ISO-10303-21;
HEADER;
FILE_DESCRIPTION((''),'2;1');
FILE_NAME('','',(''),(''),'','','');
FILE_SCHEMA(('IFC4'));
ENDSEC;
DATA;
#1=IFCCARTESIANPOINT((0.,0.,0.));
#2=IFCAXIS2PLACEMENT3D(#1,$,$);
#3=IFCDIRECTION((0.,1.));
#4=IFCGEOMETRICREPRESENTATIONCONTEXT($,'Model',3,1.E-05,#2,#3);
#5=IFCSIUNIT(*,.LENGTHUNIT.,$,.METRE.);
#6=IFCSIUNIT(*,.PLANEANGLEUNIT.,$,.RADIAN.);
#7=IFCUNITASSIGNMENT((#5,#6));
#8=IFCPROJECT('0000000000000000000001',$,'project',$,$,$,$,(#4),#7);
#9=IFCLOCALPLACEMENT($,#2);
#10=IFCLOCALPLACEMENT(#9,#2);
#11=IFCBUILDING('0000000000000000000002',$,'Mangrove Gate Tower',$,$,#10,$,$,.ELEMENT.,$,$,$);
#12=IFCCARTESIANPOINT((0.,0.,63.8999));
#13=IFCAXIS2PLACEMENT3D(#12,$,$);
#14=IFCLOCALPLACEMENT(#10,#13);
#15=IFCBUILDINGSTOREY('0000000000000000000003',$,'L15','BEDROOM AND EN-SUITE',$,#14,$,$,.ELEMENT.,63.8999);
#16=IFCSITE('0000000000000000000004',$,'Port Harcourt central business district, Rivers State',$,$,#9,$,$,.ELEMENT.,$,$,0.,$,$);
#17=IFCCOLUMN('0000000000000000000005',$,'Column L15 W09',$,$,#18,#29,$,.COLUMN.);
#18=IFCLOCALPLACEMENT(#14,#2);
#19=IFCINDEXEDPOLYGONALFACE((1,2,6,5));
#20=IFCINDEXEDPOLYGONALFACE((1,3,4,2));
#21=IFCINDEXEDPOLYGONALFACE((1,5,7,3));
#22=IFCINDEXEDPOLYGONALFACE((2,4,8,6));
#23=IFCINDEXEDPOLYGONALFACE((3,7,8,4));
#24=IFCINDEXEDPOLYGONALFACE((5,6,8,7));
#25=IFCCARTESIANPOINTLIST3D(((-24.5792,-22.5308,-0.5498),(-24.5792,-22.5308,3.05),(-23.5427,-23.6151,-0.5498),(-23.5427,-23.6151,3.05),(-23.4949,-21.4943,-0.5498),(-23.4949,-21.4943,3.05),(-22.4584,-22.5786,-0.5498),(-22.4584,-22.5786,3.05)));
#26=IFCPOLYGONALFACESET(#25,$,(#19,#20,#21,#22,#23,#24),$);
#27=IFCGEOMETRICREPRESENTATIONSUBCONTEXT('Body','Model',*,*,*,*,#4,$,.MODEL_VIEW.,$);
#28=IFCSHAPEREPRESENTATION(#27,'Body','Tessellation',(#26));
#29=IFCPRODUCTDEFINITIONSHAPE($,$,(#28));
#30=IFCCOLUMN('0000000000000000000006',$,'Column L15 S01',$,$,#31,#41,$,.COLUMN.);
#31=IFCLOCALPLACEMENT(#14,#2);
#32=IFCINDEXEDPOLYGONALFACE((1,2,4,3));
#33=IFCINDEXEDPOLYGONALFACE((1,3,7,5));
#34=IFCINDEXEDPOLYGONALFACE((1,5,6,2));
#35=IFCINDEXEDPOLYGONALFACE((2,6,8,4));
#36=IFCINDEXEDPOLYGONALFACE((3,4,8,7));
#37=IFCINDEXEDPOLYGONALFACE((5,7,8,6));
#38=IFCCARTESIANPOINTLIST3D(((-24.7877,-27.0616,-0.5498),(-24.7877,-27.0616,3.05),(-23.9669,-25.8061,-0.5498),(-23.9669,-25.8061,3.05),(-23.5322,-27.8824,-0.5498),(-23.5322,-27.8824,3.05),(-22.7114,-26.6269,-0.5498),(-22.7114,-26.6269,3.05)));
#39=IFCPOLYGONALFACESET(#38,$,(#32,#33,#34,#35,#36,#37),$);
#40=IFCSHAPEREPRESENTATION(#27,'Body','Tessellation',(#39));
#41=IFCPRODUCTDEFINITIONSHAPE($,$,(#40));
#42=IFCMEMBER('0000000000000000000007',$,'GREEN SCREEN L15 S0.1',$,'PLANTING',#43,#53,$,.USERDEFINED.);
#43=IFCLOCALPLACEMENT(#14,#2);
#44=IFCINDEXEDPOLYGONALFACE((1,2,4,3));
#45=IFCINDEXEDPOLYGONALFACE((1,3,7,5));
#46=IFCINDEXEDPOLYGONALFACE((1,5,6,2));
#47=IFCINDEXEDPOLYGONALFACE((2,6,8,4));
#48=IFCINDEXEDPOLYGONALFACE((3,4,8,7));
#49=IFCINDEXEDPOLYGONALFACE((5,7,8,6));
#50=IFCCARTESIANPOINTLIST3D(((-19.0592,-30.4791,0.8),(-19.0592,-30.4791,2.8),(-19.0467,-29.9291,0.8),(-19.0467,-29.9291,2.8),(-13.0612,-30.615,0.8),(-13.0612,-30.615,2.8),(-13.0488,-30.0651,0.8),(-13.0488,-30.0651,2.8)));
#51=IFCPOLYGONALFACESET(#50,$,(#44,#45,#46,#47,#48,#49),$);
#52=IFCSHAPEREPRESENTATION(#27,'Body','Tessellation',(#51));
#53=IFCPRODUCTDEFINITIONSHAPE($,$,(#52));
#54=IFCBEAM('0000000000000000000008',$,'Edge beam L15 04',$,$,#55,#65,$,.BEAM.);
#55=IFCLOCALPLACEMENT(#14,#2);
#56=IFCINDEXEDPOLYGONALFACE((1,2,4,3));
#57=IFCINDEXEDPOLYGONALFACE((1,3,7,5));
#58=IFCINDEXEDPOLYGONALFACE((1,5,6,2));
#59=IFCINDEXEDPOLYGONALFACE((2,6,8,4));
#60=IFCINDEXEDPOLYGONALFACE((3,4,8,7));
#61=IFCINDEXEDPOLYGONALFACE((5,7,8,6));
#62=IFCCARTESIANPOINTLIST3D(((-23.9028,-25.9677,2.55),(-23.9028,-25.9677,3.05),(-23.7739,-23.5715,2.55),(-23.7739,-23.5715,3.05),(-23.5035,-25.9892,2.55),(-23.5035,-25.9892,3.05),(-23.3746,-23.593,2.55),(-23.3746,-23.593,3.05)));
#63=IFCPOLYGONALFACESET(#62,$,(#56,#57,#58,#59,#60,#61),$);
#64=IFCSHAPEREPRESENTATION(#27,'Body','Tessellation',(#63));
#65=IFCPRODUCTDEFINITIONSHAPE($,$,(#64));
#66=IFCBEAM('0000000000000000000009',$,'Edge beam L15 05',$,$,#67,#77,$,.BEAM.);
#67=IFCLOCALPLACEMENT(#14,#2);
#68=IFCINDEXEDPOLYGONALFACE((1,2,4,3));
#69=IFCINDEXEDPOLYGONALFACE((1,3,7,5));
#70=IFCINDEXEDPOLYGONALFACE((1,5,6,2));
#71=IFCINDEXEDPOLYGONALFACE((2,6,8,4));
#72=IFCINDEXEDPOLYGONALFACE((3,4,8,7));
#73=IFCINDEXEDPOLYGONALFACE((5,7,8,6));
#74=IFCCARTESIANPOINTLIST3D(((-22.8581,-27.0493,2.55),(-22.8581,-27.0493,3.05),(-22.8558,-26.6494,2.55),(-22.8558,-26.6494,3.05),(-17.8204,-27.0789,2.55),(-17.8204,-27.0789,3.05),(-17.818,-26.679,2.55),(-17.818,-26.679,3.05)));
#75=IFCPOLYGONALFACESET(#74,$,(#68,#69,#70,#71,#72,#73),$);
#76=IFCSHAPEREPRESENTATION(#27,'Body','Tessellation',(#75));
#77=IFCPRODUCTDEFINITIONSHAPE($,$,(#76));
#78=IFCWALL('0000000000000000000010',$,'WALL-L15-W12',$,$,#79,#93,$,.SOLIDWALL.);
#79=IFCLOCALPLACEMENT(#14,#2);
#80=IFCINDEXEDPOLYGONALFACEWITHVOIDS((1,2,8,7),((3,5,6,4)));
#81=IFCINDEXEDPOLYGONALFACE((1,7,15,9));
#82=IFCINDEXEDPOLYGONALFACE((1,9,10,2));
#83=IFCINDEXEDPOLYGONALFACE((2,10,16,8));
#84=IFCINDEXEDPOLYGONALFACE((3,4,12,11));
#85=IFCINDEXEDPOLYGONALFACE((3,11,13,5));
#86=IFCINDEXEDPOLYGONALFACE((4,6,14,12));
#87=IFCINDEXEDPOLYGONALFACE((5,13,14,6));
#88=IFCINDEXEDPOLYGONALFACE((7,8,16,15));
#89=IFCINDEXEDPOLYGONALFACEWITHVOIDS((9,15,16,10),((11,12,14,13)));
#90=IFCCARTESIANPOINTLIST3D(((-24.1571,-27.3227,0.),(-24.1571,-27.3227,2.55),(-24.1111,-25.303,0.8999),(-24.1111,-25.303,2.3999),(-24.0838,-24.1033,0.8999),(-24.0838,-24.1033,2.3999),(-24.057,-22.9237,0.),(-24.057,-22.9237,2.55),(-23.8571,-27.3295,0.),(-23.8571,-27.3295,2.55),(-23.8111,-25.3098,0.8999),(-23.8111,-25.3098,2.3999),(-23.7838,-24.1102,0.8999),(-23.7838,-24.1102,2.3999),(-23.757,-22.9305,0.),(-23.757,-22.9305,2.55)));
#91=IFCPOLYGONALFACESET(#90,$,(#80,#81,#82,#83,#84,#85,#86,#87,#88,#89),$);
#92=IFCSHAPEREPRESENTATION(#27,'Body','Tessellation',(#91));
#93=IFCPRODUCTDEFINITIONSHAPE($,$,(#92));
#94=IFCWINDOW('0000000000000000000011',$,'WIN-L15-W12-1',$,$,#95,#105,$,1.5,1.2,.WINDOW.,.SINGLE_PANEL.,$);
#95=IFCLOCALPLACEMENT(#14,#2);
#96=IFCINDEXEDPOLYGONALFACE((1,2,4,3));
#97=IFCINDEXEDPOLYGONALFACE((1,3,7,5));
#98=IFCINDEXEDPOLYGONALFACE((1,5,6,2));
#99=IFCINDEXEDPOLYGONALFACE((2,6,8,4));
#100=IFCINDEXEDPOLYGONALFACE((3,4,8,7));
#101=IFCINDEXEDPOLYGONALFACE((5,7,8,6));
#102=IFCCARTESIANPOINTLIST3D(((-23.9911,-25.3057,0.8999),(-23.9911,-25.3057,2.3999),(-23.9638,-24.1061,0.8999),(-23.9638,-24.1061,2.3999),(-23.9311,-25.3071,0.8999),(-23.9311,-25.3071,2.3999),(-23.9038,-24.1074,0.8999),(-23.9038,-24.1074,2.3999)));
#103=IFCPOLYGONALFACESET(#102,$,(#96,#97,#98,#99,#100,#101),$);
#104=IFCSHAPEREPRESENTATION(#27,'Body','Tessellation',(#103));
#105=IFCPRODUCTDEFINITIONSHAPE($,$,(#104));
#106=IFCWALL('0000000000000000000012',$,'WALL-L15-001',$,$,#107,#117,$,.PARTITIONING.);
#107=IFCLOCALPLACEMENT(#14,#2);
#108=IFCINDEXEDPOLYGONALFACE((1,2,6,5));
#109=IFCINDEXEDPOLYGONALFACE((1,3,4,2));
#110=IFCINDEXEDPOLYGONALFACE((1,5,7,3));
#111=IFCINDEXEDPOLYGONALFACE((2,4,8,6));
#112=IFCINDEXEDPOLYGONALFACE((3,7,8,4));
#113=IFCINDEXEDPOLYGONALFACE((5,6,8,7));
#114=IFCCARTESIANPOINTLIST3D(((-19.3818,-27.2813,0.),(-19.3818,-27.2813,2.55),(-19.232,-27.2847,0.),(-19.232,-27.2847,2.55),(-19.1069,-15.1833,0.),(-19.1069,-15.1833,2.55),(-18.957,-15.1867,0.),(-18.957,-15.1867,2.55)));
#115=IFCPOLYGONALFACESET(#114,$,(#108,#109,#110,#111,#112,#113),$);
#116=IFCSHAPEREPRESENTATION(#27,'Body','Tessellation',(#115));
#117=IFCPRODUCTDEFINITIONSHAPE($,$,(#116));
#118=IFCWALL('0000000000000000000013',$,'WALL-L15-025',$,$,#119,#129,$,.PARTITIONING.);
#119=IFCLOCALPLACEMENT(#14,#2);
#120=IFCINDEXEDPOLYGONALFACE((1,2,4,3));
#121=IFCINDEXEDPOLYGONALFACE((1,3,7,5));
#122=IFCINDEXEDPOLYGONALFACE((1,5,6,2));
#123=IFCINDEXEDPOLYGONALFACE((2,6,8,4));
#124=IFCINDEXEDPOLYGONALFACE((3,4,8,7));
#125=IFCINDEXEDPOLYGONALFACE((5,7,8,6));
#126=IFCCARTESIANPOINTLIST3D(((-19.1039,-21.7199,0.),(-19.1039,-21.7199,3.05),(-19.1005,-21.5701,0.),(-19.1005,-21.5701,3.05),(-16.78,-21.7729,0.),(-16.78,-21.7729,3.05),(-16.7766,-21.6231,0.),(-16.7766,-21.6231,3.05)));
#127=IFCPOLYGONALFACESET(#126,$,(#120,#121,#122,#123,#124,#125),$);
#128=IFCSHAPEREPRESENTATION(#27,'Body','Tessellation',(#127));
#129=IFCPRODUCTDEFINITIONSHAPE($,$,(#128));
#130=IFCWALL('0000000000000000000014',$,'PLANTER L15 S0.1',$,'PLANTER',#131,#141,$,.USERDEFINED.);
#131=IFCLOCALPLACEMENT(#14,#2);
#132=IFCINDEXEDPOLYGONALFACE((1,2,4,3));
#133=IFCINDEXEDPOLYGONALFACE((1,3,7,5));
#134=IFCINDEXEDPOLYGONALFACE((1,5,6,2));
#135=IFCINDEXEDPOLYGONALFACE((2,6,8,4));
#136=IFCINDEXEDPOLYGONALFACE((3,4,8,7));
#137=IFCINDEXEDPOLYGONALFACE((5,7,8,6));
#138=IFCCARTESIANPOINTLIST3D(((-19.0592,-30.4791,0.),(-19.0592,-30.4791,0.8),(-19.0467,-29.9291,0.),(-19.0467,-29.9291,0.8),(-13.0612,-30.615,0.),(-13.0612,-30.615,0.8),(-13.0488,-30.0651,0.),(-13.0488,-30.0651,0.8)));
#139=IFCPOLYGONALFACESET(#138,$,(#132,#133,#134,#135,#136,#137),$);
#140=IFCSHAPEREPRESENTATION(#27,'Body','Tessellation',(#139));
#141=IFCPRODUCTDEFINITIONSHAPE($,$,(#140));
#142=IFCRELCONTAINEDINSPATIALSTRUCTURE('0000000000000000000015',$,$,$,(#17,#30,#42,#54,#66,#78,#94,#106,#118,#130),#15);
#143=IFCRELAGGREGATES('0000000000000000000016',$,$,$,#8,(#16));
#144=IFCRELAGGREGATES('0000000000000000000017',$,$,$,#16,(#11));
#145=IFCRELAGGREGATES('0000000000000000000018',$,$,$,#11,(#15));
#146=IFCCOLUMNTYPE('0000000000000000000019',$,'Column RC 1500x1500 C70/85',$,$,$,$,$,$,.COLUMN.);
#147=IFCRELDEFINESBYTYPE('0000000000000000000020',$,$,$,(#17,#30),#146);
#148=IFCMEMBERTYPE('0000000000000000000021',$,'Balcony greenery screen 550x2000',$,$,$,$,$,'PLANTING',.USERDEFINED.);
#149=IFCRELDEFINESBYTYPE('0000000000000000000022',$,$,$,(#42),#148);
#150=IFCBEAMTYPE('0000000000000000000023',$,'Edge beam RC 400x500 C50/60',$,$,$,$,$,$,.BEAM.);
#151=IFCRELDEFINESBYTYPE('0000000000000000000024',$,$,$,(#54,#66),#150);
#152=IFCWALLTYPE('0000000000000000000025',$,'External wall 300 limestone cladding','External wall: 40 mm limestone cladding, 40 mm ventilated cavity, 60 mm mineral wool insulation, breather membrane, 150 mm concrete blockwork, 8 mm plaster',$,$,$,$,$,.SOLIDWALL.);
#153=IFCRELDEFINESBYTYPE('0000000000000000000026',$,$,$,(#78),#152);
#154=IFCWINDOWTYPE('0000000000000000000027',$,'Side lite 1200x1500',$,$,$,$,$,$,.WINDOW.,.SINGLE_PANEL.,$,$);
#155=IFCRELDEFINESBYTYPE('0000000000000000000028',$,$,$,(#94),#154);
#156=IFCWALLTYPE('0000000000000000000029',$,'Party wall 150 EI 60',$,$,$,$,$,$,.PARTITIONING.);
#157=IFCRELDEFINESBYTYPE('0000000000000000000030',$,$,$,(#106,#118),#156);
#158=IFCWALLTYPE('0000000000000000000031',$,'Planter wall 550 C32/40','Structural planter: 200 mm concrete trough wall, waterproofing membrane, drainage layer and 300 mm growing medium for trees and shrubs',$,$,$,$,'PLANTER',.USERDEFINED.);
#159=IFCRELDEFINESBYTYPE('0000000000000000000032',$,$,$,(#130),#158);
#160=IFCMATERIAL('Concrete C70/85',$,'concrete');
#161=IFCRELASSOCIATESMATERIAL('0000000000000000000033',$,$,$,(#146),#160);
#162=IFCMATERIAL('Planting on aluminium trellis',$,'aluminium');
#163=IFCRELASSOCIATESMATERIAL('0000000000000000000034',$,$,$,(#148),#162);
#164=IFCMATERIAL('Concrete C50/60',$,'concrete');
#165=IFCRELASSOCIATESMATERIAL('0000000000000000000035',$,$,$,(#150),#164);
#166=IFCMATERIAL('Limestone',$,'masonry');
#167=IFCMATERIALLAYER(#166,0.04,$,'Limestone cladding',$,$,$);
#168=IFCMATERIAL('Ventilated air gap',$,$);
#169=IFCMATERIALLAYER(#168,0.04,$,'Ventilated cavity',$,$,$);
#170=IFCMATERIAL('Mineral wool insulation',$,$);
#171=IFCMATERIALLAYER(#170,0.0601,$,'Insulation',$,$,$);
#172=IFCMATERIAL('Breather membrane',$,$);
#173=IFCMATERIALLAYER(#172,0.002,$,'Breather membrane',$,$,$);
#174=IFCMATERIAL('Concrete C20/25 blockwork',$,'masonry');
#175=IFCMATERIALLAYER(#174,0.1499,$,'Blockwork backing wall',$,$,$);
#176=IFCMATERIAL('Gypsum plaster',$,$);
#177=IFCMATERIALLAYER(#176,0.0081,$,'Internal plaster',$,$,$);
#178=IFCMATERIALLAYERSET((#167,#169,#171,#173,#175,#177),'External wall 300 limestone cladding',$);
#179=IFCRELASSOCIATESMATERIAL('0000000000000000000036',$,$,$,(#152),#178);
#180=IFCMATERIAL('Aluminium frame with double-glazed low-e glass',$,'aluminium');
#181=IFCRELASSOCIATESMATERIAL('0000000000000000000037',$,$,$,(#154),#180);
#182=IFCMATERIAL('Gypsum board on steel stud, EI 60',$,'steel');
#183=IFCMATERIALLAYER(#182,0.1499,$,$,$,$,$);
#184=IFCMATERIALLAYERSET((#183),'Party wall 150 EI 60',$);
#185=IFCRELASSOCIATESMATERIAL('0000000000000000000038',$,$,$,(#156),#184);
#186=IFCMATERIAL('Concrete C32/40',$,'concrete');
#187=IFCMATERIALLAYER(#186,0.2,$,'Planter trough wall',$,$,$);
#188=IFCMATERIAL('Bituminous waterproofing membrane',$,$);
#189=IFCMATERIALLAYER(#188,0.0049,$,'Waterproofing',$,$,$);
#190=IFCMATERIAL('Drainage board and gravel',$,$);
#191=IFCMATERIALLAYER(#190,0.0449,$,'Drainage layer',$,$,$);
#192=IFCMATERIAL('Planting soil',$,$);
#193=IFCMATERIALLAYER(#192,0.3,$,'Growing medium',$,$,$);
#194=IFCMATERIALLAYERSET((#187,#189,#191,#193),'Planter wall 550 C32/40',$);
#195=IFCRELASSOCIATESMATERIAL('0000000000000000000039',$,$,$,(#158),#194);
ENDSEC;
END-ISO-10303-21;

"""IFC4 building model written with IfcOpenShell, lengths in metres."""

from ifc_helpers import new_model, si_unit, direction, frame, frame_2d, origin, origin_2d, place, context, subcontext, project, spatial, rectangle, extrude, material, layer, layer_set, material_profile, profile_set, type_object, element, fill, save


model = new_model("IFC4")

# Units and contexts
model_context = context("Model", 3, precision=1e-05, world=origin(), true_north=direction((0.0, 1.0)))
body_context = subcontext(model_context, "Body", "Model", "MODEL_VIEW")
ifc_project = project(units=[si_unit("LENGTHUNIT", "METRE"), si_unit("PLANEANGLEUNIT", "RADIAN")], contexts=[model_context])

# Site, building, storey
site_placement = place(None, origin())
site = spatial("IfcSite", under=ifc_project, at=site_placement, Name="Port Harcourt central business district, Rivers State", CompositionType="ELEMENT", RefElevation=0.0)
building_placement = place(site_placement, origin())
building = spatial("IfcBuilding", under=site, at=building_placement, Name="Mangrove Gate Tower", CompositionType="ELEMENT")
storey_placement = place(building_placement, frame((0.0, 0.0, 63.8999)))
storey = spatial("IfcBuildingStorey", under=building, at=storey_placement, Name="L15", Description="BEDROOM AND EN-SUITE", CompositionType="ELEMENT", Elevation=63.8999)

# Columns
ifc_material_1 = material(Name="Concrete C70/85", Category="concrete")
ifc_material_profile_1 = material_profile(ifc_material_1, rectangle(XDim=1.5, YDim=1.5, at=origin_2d()))
ifc_profile_set_1 = profile_set([ifc_material_profile_1], Name="Concrete C70/85")
column_type = type_object("IfcColumnType", Name="Column RC 1500x1500 C70/85", PredefinedType="COLUMN", material=ifc_profile_set_1)
for number, where, z_axis, x_axis, name in (
    (1, (-23.5188, -22.5547, -0.5498), (0.0, 0.0, 1.0), (0.691018, -0.722837, 0.0), "Column L15 W09"),
    (2, (-23.7495, -26.8442, -0.5498), (0.0, 0.0, 1.0), (0.837001, -0.547201, 0.0), "Column L15 S01"),
):
    element("IfcColumn", number, at=place(storey_placement, frame(where, z_axis=z_axis, x_axis=x_axis)), inside=storey, type_object=column_type, Name=name, PredefinedType="COLUMN", context=body_context, shape_type="SweptSolid", body=[
        extrude(rectangle(XDim=1.5, YDim=1.5, at=origin_2d()), origin(), (0.0, 0.0, 1.0), 3.5999),
    ])

# Member
ifc_material_2 = material(Name="Planting on aluminium trellis", Category="aluminium")
ifc_material_profile_2 = material_profile(ifc_material_2, rectangle(XDim=0.55, YDim=2.0, at=origin_2d()))
ifc_profile_set_2 = profile_set([ifc_material_profile_2], Name="Planting on aluminium trellis")
member_type = type_object("IfcMemberType", Name="Balcony greenery screen 550x2000", ElementType="PLANTING", PredefinedType="USERDEFINED", material=ifc_profile_set_2)
member_placement = place(storey_placement, frame((-19.053, -30.2041, 1.8), z_axis=(0.999743, -0.022666, 0.0), x_axis=(0.022666, 0.999743, 0.0)))
element("IfcMember", 3, at=member_placement, inside=storey, type_object=member_type, Name="GREEN SCREEN L15 S0.1", ObjectType="PLANTING", PredefinedType="USERDEFINED", context=body_context, shape_type="SweptSolid", body=[
    extrude(rectangle(XDim=0.55, YDim=2.0, at=origin_2d()), origin(), (0.0, 0.0, 1.0), 5.9995),
])

# Beams
ifc_material_3 = material(Name="Concrete C50/60", Category="concrete")
ifc_material_profile_3 = material_profile(ifc_material_3, rectangle(XDim=0.3999, YDim=0.5, at=origin_2d()))
ifc_profile_set_3 = profile_set([ifc_material_profile_3], Name="Concrete C50/60")
beam_type = type_object("IfcBeamType", Name="Edge beam RC 400x500 C50/60", PredefinedType="BEAM", material=ifc_profile_set_3)
beam_1_placement = place(storey_placement, frame((-23.5742, -23.5823, 2.8), z_axis=(-0.053718, -0.998556, 0.0), x_axis=(0.998556, -0.053718, 0.0)))
element("IfcBeam", 4, at=beam_1_placement, inside=storey, type_object=beam_type, Name="Edge beam L15 04", PredefinedType="BEAM", context=body_context, shape_type="SweptSolid", body=[
    extrude(rectangle(XDim=0.3999, YDim=0.5, at=origin_2d()), origin(), (0.0, 0.0, 1.0), 2.3997),
])
beam_2_placement = place(storey_placement, frame((-22.8569, -26.8494, 2.8), z_axis=(0.999983, -0.005864, 0.0), x_axis=(0.005864, 0.999983, 0.0)))
element("IfcBeam", 5, at=beam_2_placement, inside=storey, type_object=beam_type, Name="Edge beam L15 05", PredefinedType="BEAM", context=body_context, shape_type="SweptSolid", body=[
    extrude(rectangle(XDim=0.3999, YDim=0.5, at=origin_2d()), origin(), (0.0, 0.0, 1.0), 5.0378),
])

# Wall, opening, window
ifc_material_4 = material(Name="Limestone", Category="masonry")
ifc_layer_1 = layer(ifc_material_4, 0.04, Name="Limestone cladding")
ifc_material_5 = material(Name="Ventilated air gap")
ifc_layer_2 = layer(ifc_material_5, 0.04, Name="Ventilated cavity")
ifc_material_6 = material(Name="Mineral wool insulation")
ifc_layer_3 = layer(ifc_material_6, 0.0601, Name="Insulation")
ifc_material_7 = material(Name="Breather membrane")
ifc_layer_4 = layer(ifc_material_7, 0.002, Name="Breather membrane")
ifc_material_8 = material(Name="Concrete C20/25 blockwork", Category="masonry")
ifc_layer_5 = layer(ifc_material_8, 0.1499, Name="Blockwork backing wall")
ifc_material_9 = material(Name="Gypsum plaster")
ifc_layer_6 = layer(ifc_material_9, 0.0081, Name="Internal plaster")
ifc_layer_set_1 = layer_set([ifc_layer_1, ifc_layer_2, ifc_layer_3, ifc_layer_4, ifc_layer_5, ifc_layer_6], Name="External wall 300 limestone cladding")
wall_type_1 = type_object("IfcWallType", Name="External wall 300 limestone cladding", Description="External wall: 40 mm limestone cladding, 40 mm ventilated cavity, 60 mm mineral wool insulation, breather membrane, 150 mm concrete blockwork, 8 mm plaster", PredefinedType="SOLIDWALL", material=ifc_layer_set_1)
wall_1_placement = place(storey_placement, frame((-23.907, -22.927, 0.0), z_axis=(0.0, 0.0, 1.0), x_axis=(-0.022749, -0.999741, 0.0)))
wall_1 = element("IfcWall", 6, at=wall_1_placement, inside=storey, type_object=wall_type_1, Name="WALL-L15-W12", PredefinedType="SOLIDWALL", context=body_context, shape_type="SweptSolid", body=[
    extrude(rectangle(XDim=4.4001, YDim=0.3, at=frame_2d((2.2002, 0.0))), origin(), (0.0, 0.0, 1.0), 2.55),
])
opening_placement = place(wall_1_placement, frame((1.1799, 0.0, 0.8999)))
opening = element("IfcOpeningElement", 7, at=opening_placement, cuts=wall_1, PredefinedType="OPENING", context=body_context, shape_type="SweptSolid", body=[
    extrude(rectangle(XDim=1.2, YDim=1.5, at=frame_2d((0.6001, 0.75))), frame((0.0, 0.1599, 0.0), z_axis=(0.0, -1.0, 0.0), x_axis=(1.0, 0.0, 0.0)), (0.0, 0.0, 1.0), 0.3201),
])
ifc_material_10 = material(Name="Aluminium frame with double-glazed low-e glass", Category="aluminium")
window_type = type_object("IfcWindowType", Name="Side lite 1200x1500", PartitioningType="SINGLE_PANEL", PredefinedType="WINDOW", material=ifc_material_10)
window_placement = place(opening_placement, origin())
window = element("IfcWindow", 8, at=window_placement, inside=storey, type_object=window_type, Name="WIN-L15-W12-1", OverallHeight=1.5, OverallWidth=1.2, PartitioningType="SINGLE_PANEL", PredefinedType="WINDOW", context=body_context, shape_type="SweptSolid", body=[
    extrude(rectangle(XDim=1.2, YDim=1.5, at=frame_2d((0.6001, 0.75))), frame((0.0, 0.03, 0.0), z_axis=(0.0, -1.0, 0.0), x_axis=(1.0, 0.0, 0.0)), (0.0, 0.0, 1.0), 0.0601),
])
fill(opening, window)

# Walls
ifc_material_11 = material(Name="Gypsum board on steel stud, EI 60", Category="steel")
ifc_layer_7 = layer(ifc_material_11, 0.1499)
ifc_layer_set_2 = layer_set([ifc_layer_7], Name="Party wall 150 EI 60")
wall_type_2 = type_object("IfcWallType", Name="Party wall 150 EI 60", PredefinedType="PARTITIONING", material=ifc_layer_set_2)
wall_2_placement = place(storey_placement, frame((-19.3069, -27.283, 0.0), z_axis=(0.0, 0.0, 1.0), x_axis=(0.022717, 0.999742, 0.0)))
element("IfcWall", 9, at=wall_2_placement, inside=storey, type_object=wall_type_2, Name="WALL-L15-001", PredefinedType="PARTITIONING", context=body_context, shape_type="SweptSolid", body=[
    extrude(rectangle(XDim=12.1011, YDim=0.1499, at=frame_2d((6.0505, 0.0))), origin(), (0.0, 0.0, 1.0), 2.55),
])
wall_3_placement = place(storey_placement, frame((-19.1021, -21.645, 0.0), z_axis=(0.0, 0.0, 1.0), x_axis=(0.99974, -0.022791, 0.0)))
element("IfcWall", 10, at=wall_3_placement, inside=storey, type_object=wall_type_2, Name="WALL-L15-025", PredefinedType="PARTITIONING", context=body_context, shape_type="SweptSolid", body=[
    extrude(rectangle(XDim=2.3245, YDim=0.1499, at=frame_2d((1.1621, 0.0))), origin(), (0.0, 0.0, 1.0), 3.05),
])
ifc_material_12 = material(Name="Concrete C32/40", Category="concrete")
ifc_layer_8 = layer(ifc_material_12, 0.2, Name="Planter trough wall")
ifc_material_13 = material(Name="Bituminous waterproofing membrane")
ifc_layer_9 = layer(ifc_material_13, 0.0049, Name="Waterproofing")
ifc_material_14 = material(Name="Drainage board and gravel")
ifc_layer_10 = layer(ifc_material_14, 0.0449, Name="Drainage layer")
ifc_material_15 = material(Name="Planting soil")
ifc_layer_11 = layer(ifc_material_15, 0.3, Name="Growing medium")
ifc_layer_set_3 = layer_set([ifc_layer_8, ifc_layer_9, ifc_layer_10, ifc_layer_11], Name="Planter wall 550 C32/40")
wall_type_3 = type_object("IfcWallType", Name="Planter wall 550 C32/40", Description="Structural planter: 200 mm concrete trough wall, waterproofing membrane, drainage layer and 300 mm growing medium for trees and shrubs", ElementType="PLANTER", PredefinedType="USERDEFINED", material=ifc_layer_set_3)
wall_4_placement = place(storey_placement, frame((-19.053, -30.2041, 0.0), z_axis=(0.0, 0.0, 1.0), x_axis=(0.999743, -0.022666, 0.0)))
element("IfcWall", 11, at=wall_4_placement, inside=storey, type_object=wall_type_3, Name="PLANTER L15 S0.1", ObjectType="PLANTER", PredefinedType="USERDEFINED", context=body_context, shape_type="SweptSolid", body=[
    extrude(rectangle(XDim=5.9995, YDim=0.55, at=frame_2d((2.9998, 0.0))), origin(), (0.0, 0.0, 1.0), 0.8),
])

save(model, "model.ifc")
